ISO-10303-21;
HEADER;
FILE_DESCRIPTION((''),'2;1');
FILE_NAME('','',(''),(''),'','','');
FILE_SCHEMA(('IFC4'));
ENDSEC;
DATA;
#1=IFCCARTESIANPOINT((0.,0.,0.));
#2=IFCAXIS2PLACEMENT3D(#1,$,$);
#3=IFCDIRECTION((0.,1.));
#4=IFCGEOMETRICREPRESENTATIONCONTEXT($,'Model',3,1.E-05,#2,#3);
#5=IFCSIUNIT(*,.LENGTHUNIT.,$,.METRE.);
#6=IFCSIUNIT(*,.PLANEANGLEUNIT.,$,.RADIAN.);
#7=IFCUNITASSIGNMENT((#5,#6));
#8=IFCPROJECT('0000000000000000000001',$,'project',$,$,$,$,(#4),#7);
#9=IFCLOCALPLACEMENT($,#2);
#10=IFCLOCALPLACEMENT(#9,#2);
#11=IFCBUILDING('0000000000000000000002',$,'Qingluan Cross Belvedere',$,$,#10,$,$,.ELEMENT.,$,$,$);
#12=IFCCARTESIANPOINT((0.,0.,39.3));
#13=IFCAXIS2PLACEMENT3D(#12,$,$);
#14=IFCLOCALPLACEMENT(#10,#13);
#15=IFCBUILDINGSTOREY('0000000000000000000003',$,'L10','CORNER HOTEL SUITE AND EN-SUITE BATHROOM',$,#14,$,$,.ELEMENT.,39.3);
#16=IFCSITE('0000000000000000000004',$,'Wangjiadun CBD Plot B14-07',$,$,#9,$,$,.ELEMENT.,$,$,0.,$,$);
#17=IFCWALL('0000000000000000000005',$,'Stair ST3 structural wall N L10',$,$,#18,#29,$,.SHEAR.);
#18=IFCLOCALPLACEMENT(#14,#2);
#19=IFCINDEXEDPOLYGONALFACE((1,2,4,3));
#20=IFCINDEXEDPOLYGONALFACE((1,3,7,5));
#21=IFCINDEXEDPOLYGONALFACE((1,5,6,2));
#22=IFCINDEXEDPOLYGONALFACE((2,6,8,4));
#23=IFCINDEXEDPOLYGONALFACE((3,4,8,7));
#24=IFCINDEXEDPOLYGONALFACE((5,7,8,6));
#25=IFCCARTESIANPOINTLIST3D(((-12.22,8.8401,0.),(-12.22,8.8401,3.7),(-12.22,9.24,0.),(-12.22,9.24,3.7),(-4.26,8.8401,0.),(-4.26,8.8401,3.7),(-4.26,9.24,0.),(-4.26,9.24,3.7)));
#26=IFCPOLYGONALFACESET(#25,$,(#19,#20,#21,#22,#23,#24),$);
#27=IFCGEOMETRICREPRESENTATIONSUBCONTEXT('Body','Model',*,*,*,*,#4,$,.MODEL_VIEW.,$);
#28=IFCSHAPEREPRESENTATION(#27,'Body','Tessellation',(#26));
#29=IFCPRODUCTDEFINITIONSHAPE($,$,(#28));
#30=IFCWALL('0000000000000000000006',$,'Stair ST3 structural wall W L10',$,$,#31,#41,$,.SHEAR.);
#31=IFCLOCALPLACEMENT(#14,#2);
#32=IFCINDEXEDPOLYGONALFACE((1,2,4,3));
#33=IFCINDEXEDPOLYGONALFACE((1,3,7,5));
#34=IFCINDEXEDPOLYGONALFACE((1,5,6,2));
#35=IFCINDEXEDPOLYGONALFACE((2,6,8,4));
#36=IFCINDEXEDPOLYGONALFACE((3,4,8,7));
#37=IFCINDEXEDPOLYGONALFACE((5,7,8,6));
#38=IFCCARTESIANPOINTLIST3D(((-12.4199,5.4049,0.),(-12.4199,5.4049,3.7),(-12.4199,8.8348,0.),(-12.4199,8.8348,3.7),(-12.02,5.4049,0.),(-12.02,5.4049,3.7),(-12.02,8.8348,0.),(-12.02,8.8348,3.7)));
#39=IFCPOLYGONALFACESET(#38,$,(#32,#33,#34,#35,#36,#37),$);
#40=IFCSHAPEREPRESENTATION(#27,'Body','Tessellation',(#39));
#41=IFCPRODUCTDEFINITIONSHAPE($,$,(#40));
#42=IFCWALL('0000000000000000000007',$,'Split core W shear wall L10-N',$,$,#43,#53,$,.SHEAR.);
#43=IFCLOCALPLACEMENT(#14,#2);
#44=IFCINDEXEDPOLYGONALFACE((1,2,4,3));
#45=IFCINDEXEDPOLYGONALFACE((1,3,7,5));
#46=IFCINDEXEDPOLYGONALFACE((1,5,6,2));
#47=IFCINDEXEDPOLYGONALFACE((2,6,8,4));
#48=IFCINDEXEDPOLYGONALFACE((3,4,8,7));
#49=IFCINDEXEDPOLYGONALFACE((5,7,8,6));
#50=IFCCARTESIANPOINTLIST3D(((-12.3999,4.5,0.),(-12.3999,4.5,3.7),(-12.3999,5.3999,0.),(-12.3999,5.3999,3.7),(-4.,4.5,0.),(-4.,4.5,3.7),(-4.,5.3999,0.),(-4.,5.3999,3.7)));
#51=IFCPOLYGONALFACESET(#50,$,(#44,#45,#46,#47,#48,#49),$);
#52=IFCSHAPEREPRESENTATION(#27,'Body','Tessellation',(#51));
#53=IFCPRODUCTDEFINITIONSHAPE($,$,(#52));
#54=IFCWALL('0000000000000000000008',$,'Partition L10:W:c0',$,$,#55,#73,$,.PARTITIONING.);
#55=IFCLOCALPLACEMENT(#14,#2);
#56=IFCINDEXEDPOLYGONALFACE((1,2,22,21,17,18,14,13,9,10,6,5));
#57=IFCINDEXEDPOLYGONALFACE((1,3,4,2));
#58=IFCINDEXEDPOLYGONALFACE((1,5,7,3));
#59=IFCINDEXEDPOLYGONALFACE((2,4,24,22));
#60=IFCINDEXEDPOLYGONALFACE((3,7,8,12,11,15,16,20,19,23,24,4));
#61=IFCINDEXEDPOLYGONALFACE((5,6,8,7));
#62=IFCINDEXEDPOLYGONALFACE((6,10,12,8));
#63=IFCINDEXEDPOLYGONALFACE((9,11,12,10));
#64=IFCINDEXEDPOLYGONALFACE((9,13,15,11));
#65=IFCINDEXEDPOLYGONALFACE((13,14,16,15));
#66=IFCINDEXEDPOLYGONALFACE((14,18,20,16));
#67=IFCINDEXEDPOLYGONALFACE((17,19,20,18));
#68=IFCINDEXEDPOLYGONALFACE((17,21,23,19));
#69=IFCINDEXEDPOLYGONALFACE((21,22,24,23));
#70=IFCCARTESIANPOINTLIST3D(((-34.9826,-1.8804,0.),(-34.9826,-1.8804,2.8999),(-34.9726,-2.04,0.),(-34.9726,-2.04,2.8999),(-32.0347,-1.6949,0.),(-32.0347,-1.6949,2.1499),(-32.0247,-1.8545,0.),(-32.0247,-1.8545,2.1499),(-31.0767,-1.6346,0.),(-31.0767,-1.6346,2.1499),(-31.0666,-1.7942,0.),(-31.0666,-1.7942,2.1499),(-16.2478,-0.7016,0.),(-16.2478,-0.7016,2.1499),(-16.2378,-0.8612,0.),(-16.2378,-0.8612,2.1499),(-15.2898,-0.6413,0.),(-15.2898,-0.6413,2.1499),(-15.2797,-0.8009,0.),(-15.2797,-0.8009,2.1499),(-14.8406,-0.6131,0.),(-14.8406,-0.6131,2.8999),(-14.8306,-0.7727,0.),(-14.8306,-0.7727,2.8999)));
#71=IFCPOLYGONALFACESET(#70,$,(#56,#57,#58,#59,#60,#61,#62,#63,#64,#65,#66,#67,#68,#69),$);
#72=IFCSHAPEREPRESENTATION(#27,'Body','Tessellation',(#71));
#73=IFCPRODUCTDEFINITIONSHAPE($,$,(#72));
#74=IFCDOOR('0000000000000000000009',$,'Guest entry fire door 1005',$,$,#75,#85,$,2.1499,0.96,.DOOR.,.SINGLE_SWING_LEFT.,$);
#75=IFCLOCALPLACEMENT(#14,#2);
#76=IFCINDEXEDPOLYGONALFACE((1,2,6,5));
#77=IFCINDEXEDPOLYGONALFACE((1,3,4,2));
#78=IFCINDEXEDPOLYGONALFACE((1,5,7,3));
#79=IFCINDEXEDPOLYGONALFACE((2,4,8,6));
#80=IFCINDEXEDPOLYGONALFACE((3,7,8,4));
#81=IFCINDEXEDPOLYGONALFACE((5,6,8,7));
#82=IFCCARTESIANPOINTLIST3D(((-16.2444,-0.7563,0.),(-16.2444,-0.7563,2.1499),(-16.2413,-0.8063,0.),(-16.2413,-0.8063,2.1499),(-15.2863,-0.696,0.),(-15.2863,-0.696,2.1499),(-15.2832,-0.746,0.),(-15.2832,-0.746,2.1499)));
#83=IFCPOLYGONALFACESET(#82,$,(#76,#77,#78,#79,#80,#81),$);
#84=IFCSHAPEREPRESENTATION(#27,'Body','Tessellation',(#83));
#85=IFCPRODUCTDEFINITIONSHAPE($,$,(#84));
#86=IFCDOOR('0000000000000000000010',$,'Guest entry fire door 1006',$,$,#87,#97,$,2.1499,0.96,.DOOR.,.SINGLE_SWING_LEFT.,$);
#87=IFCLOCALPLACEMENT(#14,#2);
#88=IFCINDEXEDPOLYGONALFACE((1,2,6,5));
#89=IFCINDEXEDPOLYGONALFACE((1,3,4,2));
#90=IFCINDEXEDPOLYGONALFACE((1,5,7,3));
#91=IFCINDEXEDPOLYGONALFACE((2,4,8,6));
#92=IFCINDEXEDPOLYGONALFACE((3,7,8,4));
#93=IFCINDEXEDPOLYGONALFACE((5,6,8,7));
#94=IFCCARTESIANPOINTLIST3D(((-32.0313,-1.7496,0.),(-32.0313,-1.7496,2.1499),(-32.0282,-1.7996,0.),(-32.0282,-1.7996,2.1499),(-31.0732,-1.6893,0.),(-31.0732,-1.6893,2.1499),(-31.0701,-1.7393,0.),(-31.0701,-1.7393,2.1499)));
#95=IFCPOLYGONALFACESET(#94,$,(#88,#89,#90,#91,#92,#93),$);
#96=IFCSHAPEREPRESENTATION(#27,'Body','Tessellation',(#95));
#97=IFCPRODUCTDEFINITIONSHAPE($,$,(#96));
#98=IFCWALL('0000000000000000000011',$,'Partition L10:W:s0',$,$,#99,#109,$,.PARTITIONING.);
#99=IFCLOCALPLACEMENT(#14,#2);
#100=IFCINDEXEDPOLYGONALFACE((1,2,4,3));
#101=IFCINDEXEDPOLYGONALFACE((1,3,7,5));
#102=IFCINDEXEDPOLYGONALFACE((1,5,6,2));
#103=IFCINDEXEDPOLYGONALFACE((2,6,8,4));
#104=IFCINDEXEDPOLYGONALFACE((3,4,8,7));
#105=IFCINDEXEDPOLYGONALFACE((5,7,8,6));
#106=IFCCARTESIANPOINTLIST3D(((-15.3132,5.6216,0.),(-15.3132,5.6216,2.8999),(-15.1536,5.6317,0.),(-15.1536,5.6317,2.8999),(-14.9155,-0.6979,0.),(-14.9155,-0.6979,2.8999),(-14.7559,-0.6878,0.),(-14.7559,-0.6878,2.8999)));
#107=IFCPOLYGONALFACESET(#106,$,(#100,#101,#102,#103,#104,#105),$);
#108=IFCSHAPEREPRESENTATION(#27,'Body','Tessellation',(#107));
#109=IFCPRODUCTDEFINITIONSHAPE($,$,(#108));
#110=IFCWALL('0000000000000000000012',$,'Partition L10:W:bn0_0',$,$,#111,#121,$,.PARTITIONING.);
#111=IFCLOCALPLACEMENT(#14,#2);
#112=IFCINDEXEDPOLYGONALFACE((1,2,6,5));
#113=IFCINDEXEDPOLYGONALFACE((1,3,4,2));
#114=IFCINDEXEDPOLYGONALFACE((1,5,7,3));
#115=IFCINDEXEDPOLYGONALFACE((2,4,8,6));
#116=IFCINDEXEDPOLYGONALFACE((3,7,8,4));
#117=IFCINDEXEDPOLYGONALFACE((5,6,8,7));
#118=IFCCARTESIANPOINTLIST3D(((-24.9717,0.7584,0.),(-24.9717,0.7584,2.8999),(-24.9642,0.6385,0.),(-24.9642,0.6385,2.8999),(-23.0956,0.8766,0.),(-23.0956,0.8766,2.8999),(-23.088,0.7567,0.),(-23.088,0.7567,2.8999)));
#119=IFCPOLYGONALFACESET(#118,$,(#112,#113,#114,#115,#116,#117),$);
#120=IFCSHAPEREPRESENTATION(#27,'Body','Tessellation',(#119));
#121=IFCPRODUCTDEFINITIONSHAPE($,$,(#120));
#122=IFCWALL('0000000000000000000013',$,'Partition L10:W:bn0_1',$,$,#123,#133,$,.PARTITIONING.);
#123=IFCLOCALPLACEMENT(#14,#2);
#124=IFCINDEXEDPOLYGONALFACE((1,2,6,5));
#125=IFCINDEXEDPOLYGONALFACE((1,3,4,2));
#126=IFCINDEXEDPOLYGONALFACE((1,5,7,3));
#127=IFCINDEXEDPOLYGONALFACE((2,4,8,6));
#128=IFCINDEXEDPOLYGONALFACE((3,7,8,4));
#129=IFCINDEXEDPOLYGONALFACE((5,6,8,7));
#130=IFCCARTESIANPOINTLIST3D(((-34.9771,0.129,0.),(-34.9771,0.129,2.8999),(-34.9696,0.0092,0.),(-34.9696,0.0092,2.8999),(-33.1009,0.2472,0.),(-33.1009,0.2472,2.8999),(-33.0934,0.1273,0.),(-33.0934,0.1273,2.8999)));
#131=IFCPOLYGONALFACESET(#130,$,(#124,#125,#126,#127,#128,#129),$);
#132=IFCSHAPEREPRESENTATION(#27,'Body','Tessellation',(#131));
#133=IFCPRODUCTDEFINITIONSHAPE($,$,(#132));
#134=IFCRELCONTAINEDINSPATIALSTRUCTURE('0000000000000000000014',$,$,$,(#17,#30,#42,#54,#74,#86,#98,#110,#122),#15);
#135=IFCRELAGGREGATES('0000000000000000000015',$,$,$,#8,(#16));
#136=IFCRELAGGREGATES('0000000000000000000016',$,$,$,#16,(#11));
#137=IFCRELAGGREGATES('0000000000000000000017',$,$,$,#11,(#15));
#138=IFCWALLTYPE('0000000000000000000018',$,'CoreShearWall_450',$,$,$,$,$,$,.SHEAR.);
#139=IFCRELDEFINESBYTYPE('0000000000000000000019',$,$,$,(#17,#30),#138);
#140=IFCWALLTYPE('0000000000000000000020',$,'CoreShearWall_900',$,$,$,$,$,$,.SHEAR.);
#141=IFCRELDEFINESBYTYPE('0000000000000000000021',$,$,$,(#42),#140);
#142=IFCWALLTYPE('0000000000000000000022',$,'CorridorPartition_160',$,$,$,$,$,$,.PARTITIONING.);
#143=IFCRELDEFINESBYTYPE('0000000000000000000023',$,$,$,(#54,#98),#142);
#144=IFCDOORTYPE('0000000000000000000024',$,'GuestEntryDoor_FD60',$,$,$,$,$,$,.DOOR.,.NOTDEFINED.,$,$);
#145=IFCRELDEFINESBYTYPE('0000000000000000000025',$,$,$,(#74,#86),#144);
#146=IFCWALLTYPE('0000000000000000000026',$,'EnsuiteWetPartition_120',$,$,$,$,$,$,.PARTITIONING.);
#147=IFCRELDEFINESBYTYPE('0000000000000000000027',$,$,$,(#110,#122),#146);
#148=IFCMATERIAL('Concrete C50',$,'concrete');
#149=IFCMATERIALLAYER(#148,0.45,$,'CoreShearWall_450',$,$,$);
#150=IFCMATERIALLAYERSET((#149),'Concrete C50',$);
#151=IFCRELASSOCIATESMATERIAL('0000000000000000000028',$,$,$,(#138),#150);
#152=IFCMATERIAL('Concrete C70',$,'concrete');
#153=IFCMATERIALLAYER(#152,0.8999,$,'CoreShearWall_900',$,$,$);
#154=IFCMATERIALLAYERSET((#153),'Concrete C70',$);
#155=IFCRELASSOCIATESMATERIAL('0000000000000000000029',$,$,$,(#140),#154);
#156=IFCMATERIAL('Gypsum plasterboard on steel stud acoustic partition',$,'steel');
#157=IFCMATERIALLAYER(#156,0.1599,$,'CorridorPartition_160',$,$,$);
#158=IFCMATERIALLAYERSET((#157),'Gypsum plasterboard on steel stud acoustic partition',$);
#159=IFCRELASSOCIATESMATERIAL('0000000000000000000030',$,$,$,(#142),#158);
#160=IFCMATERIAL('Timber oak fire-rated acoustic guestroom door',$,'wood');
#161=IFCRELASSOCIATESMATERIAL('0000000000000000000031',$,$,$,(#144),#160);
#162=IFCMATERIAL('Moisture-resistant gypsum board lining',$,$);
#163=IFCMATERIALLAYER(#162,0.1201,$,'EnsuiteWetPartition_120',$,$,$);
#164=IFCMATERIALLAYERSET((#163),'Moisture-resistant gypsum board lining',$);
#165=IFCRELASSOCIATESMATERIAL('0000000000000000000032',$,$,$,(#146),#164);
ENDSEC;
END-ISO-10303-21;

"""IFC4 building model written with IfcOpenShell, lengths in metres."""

from ifc_helpers import new_model, si_unit, direction, frame, frame_2d, origin, place, context, subcontext, project, spatial, rectangle, extrude, material, layer, layer_set, type_object, element, fill, save


model = new_model("IFC4")

# Units and contexts
model_context = context("Model", 3, precision=1e-05, world=origin(), true_north=direction((0.0, 1.0)))
body_context = subcontext(model_context, "Body", "Model", "MODEL_VIEW")
ifc_project = project(units=[si_unit("LENGTHUNIT", "METRE"), si_unit("PLANEANGLEUNIT", "RADIAN")], contexts=[model_context])

# Site, building, storey
site_placement = place(None, origin())
site = spatial("IfcSite", under=ifc_project, at=site_placement, Name="Wangjiadun CBD Plot B14-07", CompositionType="ELEMENT", RefElevation=0.0)
building_placement = place(site_placement, origin())
building = spatial("IfcBuilding", under=site, at=building_placement, Name="Qingluan Cross Belvedere", CompositionType="ELEMENT")
storey_placement = place(building_placement, frame((0.0, 0.0, 39.3)))
storey = spatial("IfcBuildingStorey", under=building, at=storey_placement, Name="L10", Description="CORNER HOTEL SUITE AND EN-SUITE BATHROOM", CompositionType="ELEMENT", Elevation=39.3)

# Walls
ifc_material_1 = material(Name="Concrete C50", Category="concrete")
ifc_layer_1 = layer(ifc_material_1, 0.45, Name="CoreShearWall_450")
ifc_layer_set_1 = layer_set([ifc_layer_1], Name="Concrete C50")
wall_type_1 = type_object("IfcWallType", Name="CoreShearWall_450", PredefinedType="SHEAR", material=ifc_layer_set_1)
wall_1_placement = place(storey_placement, frame((-12.22, 9.04, 0.0), z_axis=(0.0, 0.0, 1.0), x_axis=(1.0, 0.0, 0.0)))
element("IfcWall", 1, at=wall_1_placement, inside=storey, type_object=wall_type_1, Name="Stair ST3 structural wall N L10", PredefinedType="SHEAR", context=body_context, shape_type="SweptSolid", body=[
    extrude(rectangle(XDim=7.96, YDim=0.3999, at=frame_2d((3.98, 0.0))), origin(), (0.0, 0.0, 1.0), 3.7),
])
wall_2_placement = place(storey_placement, frame((-12.22, 5.405, 0.0), z_axis=(0.0, 0.0, 1.0), x_axis=(0.0, 1.0, 0.0)))
element("IfcWall", 2, at=wall_2_placement, inside=storey, type_object=wall_type_1, Name="Stair ST3 structural wall W L10", PredefinedType="SHEAR", context=body_context, shape_type="SweptSolid", body=[
    extrude(rectangle(XDim=3.4299, YDim=0.3999, at=frame_2d((1.7148, 0.0))), origin(), (0.0, 0.0, 1.0), 3.7),
])
ifc_material_2 = material(Name="Concrete C70", Category="concrete")
ifc_layer_2 = layer(ifc_material_2, 0.8999, Name="CoreShearWall_900")
ifc_layer_set_2 = layer_set([ifc_layer_2], Name="Concrete C70")
wall_type_2 = type_object("IfcWallType", Name="CoreShearWall_900", PredefinedType="SHEAR", material=ifc_layer_set_2)
wall_3_placement = place(storey_placement, frame((-12.3999, 4.95, 0.0), z_axis=(0.0, 0.0, 1.0), x_axis=(1.0, 0.0, 0.0)))
element("IfcWall", 3, at=wall_3_placement, inside=storey, type_object=wall_type_2, Name="Split core W shear wall L10-N", PredefinedType="SHEAR", context=body_context, shape_type="SweptSolid", body=[
    extrude(rectangle(XDim=8.3999, YDim=0.8999, at=frame_2d((4.2, 0.0))), origin(), (0.0, 0.0, 1.0), 3.7),
])

# Wall, openings, doors
ifc_material_3 = material(Name="Gypsum plasterboard on steel stud acoustic partition", Category="steel")
ifc_layer_3 = layer(ifc_material_3, 0.1599, Name="CorridorPartition_160")
ifc_layer_set_3 = layer_set([ifc_layer_3], Name="Gypsum plasterboard on steel stud acoustic partition")
wall_type_3 = type_object("IfcWallType", Name="CorridorPartition_160", PredefinedType="PARTITIONING", material=ifc_layer_set_3)
wall_4_placement = place(storey_placement, frame((-14.8357, -0.6929, 0.0), z_axis=(0.0, 0.0, 1.0), x_axis=(-0.998026, -0.062796, 0.0)))
wall_4 = element("IfcWall", 4, at=wall_4_placement, inside=storey, type_object=wall_type_3, Name="Partition L10:W:c0", PredefinedType="PARTITIONING", context=body_context, shape_type="SweptSolid", body=[
    extrude(rectangle(XDim=20.1819, YDim=0.1599, at=frame_2d((10.0908, 0.0))), origin(), (0.0, 0.0, 1.0), 2.8999),
])
opening_1_placement = place(wall_4_placement, frame((0.45, 0.0, 0.0)))
opening_1 = element("IfcOpeningElement", 5, at=opening_1_placement, cuts=wall_4, PredefinedType="OPENING", context=body_context, shape_type="SweptSolid", body=[
    extrude(rectangle(XDim=0.96, YDim=2.1499, at=frame_2d((0.48, 1.075))), frame((0.0, 0.0898, 0.0), z_axis=(0.0, -1.0, 0.0), x_axis=(1.0, 0.0, 0.0)), (0.0, 0.0, 1.0), 0.1799),
])
opening_2_placement = place(wall_4_placement, frame((16.2681, 0.0, 0.0)))
opening_2 = element("IfcOpeningElement", 6, at=opening_2_placement, cuts=wall_4, PredefinedType="OPENING", context=body_context, shape_type="SweptSolid", body=[
    extrude(rectangle(XDim=0.96, YDim=2.1499, at=frame_2d((0.48, 1.075))), frame((0.0, 0.0898, 0.0), z_axis=(0.0, -1.0, 0.0), x_axis=(1.0, 0.0, 0.0)), (0.0, 0.0, 1.0), 0.1799),
])
ifc_material_4 = material(Name="Timber oak fire-rated acoustic guestroom door", Category="wood")
door_type = type_object("IfcDoorType", Name="GuestEntryDoor_FD60", OperationType="NOTDEFINED", PredefinedType="DOOR", material=ifc_material_4)
door_1_placement = place(opening_1_placement, origin())
door_1 = element("IfcDoor", 7, at=door_1_placement, inside=storey, type_object=door_type, Name="Guest entry fire door 1005", OperationType="SINGLE_SWING_LEFT", OverallHeight=2.1499, OverallWidth=0.96, PredefinedType="DOOR", context=body_context, shape_type="SweptSolid", body=[
    extrude(rectangle(XDim=0.96, YDim=2.1499, at=frame_2d((0.48, 1.075))), frame((0.0, 0.0249, 0.0), z_axis=(0.0, -1.0, 0.0), x_axis=(1.0, 0.0, 0.0)), (0.0, 0.0, 1.0), 0.05),
])
fill(opening_1, door_1)
door_2_placement = place(opening_2_placement, origin())
door_2 = element("IfcDoor", 8, at=door_2_placement, inside=storey, type_object=door_type, Name="Guest entry fire door 1006", OperationType="SINGLE_SWING_LEFT", OverallHeight=2.1499, OverallWidth=0.96, PredefinedType="DOOR", context=body_context, shape_type="SweptSolid", body=[
    extrude(rectangle(XDim=0.96, YDim=2.1499, at=frame_2d((0.48, 1.075))), frame((0.0, 0.0249, 0.0), z_axis=(0.0, -1.0, 0.0), x_axis=(1.0, 0.0, 0.0)), (0.0, 0.0, 1.0), 0.05),
])
fill(opening_2, door_2)

# Walls
wall_5_placement = place(storey_placement, frame((-14.8357, -0.6929, 0.0), z_axis=(0.0, 0.0, 1.0), x_axis=(-0.062808, 0.998026, 0.0)))
element("IfcWall", 9, at=wall_5_placement, inside=storey, type_object=wall_type_3, Name="Partition L10:W:s0", PredefinedType="PARTITIONING", context=body_context, shape_type="SweptSolid", body=[
    extrude(rectangle(XDim=6.332, YDim=0.1599, at=frame_2d((3.166, 0.0))), origin(), (0.0, 0.0, 1.0), 2.8999),
])
ifc_material_5 = material(Name="Moisture-resistant gypsum board lining")
ifc_layer_4 = layer(ifc_material_5, 0.1201, Name="EnsuiteWetPartition_120")
ifc_layer_set_4 = layer_set([ifc_layer_4], Name="Moisture-resistant gypsum board lining")
wall_type_4 = type_object("IfcWallType", Name="EnsuiteWetPartition_120", PredefinedType="PARTITIONING", material=ifc_layer_set_4)
for number, where, z_axis, x_axis, name in (
    (10, (-23.0918, 0.8167, 0.0), (0.0, 0.0, 1.0), (-0.998023, -0.062855, 0.0), "Partition L10:W:bn0_0"),
    (11, (-33.0972, 0.1873, 0.0), (0.0, 0.0, 1.0), (-0.998023, -0.062855, 0.0), "Partition L10:W:bn0_1"),
):
    element("IfcWall", number, at=place(storey_placement, frame(where, z_axis=z_axis, x_axis=x_axis)), inside=storey, type_object=wall_type_4, Name=name, PredefinedType="PARTITIONING", context=body_context, shape_type="SweptSolid", body=[
        extrude(rectangle(XDim=1.8799, YDim=0.1201, at=frame_2d((0.9399, 0.0))), origin(), (0.0, 0.0, 1.0), 2.8999),
    ])

save(model, "model.ifc")
